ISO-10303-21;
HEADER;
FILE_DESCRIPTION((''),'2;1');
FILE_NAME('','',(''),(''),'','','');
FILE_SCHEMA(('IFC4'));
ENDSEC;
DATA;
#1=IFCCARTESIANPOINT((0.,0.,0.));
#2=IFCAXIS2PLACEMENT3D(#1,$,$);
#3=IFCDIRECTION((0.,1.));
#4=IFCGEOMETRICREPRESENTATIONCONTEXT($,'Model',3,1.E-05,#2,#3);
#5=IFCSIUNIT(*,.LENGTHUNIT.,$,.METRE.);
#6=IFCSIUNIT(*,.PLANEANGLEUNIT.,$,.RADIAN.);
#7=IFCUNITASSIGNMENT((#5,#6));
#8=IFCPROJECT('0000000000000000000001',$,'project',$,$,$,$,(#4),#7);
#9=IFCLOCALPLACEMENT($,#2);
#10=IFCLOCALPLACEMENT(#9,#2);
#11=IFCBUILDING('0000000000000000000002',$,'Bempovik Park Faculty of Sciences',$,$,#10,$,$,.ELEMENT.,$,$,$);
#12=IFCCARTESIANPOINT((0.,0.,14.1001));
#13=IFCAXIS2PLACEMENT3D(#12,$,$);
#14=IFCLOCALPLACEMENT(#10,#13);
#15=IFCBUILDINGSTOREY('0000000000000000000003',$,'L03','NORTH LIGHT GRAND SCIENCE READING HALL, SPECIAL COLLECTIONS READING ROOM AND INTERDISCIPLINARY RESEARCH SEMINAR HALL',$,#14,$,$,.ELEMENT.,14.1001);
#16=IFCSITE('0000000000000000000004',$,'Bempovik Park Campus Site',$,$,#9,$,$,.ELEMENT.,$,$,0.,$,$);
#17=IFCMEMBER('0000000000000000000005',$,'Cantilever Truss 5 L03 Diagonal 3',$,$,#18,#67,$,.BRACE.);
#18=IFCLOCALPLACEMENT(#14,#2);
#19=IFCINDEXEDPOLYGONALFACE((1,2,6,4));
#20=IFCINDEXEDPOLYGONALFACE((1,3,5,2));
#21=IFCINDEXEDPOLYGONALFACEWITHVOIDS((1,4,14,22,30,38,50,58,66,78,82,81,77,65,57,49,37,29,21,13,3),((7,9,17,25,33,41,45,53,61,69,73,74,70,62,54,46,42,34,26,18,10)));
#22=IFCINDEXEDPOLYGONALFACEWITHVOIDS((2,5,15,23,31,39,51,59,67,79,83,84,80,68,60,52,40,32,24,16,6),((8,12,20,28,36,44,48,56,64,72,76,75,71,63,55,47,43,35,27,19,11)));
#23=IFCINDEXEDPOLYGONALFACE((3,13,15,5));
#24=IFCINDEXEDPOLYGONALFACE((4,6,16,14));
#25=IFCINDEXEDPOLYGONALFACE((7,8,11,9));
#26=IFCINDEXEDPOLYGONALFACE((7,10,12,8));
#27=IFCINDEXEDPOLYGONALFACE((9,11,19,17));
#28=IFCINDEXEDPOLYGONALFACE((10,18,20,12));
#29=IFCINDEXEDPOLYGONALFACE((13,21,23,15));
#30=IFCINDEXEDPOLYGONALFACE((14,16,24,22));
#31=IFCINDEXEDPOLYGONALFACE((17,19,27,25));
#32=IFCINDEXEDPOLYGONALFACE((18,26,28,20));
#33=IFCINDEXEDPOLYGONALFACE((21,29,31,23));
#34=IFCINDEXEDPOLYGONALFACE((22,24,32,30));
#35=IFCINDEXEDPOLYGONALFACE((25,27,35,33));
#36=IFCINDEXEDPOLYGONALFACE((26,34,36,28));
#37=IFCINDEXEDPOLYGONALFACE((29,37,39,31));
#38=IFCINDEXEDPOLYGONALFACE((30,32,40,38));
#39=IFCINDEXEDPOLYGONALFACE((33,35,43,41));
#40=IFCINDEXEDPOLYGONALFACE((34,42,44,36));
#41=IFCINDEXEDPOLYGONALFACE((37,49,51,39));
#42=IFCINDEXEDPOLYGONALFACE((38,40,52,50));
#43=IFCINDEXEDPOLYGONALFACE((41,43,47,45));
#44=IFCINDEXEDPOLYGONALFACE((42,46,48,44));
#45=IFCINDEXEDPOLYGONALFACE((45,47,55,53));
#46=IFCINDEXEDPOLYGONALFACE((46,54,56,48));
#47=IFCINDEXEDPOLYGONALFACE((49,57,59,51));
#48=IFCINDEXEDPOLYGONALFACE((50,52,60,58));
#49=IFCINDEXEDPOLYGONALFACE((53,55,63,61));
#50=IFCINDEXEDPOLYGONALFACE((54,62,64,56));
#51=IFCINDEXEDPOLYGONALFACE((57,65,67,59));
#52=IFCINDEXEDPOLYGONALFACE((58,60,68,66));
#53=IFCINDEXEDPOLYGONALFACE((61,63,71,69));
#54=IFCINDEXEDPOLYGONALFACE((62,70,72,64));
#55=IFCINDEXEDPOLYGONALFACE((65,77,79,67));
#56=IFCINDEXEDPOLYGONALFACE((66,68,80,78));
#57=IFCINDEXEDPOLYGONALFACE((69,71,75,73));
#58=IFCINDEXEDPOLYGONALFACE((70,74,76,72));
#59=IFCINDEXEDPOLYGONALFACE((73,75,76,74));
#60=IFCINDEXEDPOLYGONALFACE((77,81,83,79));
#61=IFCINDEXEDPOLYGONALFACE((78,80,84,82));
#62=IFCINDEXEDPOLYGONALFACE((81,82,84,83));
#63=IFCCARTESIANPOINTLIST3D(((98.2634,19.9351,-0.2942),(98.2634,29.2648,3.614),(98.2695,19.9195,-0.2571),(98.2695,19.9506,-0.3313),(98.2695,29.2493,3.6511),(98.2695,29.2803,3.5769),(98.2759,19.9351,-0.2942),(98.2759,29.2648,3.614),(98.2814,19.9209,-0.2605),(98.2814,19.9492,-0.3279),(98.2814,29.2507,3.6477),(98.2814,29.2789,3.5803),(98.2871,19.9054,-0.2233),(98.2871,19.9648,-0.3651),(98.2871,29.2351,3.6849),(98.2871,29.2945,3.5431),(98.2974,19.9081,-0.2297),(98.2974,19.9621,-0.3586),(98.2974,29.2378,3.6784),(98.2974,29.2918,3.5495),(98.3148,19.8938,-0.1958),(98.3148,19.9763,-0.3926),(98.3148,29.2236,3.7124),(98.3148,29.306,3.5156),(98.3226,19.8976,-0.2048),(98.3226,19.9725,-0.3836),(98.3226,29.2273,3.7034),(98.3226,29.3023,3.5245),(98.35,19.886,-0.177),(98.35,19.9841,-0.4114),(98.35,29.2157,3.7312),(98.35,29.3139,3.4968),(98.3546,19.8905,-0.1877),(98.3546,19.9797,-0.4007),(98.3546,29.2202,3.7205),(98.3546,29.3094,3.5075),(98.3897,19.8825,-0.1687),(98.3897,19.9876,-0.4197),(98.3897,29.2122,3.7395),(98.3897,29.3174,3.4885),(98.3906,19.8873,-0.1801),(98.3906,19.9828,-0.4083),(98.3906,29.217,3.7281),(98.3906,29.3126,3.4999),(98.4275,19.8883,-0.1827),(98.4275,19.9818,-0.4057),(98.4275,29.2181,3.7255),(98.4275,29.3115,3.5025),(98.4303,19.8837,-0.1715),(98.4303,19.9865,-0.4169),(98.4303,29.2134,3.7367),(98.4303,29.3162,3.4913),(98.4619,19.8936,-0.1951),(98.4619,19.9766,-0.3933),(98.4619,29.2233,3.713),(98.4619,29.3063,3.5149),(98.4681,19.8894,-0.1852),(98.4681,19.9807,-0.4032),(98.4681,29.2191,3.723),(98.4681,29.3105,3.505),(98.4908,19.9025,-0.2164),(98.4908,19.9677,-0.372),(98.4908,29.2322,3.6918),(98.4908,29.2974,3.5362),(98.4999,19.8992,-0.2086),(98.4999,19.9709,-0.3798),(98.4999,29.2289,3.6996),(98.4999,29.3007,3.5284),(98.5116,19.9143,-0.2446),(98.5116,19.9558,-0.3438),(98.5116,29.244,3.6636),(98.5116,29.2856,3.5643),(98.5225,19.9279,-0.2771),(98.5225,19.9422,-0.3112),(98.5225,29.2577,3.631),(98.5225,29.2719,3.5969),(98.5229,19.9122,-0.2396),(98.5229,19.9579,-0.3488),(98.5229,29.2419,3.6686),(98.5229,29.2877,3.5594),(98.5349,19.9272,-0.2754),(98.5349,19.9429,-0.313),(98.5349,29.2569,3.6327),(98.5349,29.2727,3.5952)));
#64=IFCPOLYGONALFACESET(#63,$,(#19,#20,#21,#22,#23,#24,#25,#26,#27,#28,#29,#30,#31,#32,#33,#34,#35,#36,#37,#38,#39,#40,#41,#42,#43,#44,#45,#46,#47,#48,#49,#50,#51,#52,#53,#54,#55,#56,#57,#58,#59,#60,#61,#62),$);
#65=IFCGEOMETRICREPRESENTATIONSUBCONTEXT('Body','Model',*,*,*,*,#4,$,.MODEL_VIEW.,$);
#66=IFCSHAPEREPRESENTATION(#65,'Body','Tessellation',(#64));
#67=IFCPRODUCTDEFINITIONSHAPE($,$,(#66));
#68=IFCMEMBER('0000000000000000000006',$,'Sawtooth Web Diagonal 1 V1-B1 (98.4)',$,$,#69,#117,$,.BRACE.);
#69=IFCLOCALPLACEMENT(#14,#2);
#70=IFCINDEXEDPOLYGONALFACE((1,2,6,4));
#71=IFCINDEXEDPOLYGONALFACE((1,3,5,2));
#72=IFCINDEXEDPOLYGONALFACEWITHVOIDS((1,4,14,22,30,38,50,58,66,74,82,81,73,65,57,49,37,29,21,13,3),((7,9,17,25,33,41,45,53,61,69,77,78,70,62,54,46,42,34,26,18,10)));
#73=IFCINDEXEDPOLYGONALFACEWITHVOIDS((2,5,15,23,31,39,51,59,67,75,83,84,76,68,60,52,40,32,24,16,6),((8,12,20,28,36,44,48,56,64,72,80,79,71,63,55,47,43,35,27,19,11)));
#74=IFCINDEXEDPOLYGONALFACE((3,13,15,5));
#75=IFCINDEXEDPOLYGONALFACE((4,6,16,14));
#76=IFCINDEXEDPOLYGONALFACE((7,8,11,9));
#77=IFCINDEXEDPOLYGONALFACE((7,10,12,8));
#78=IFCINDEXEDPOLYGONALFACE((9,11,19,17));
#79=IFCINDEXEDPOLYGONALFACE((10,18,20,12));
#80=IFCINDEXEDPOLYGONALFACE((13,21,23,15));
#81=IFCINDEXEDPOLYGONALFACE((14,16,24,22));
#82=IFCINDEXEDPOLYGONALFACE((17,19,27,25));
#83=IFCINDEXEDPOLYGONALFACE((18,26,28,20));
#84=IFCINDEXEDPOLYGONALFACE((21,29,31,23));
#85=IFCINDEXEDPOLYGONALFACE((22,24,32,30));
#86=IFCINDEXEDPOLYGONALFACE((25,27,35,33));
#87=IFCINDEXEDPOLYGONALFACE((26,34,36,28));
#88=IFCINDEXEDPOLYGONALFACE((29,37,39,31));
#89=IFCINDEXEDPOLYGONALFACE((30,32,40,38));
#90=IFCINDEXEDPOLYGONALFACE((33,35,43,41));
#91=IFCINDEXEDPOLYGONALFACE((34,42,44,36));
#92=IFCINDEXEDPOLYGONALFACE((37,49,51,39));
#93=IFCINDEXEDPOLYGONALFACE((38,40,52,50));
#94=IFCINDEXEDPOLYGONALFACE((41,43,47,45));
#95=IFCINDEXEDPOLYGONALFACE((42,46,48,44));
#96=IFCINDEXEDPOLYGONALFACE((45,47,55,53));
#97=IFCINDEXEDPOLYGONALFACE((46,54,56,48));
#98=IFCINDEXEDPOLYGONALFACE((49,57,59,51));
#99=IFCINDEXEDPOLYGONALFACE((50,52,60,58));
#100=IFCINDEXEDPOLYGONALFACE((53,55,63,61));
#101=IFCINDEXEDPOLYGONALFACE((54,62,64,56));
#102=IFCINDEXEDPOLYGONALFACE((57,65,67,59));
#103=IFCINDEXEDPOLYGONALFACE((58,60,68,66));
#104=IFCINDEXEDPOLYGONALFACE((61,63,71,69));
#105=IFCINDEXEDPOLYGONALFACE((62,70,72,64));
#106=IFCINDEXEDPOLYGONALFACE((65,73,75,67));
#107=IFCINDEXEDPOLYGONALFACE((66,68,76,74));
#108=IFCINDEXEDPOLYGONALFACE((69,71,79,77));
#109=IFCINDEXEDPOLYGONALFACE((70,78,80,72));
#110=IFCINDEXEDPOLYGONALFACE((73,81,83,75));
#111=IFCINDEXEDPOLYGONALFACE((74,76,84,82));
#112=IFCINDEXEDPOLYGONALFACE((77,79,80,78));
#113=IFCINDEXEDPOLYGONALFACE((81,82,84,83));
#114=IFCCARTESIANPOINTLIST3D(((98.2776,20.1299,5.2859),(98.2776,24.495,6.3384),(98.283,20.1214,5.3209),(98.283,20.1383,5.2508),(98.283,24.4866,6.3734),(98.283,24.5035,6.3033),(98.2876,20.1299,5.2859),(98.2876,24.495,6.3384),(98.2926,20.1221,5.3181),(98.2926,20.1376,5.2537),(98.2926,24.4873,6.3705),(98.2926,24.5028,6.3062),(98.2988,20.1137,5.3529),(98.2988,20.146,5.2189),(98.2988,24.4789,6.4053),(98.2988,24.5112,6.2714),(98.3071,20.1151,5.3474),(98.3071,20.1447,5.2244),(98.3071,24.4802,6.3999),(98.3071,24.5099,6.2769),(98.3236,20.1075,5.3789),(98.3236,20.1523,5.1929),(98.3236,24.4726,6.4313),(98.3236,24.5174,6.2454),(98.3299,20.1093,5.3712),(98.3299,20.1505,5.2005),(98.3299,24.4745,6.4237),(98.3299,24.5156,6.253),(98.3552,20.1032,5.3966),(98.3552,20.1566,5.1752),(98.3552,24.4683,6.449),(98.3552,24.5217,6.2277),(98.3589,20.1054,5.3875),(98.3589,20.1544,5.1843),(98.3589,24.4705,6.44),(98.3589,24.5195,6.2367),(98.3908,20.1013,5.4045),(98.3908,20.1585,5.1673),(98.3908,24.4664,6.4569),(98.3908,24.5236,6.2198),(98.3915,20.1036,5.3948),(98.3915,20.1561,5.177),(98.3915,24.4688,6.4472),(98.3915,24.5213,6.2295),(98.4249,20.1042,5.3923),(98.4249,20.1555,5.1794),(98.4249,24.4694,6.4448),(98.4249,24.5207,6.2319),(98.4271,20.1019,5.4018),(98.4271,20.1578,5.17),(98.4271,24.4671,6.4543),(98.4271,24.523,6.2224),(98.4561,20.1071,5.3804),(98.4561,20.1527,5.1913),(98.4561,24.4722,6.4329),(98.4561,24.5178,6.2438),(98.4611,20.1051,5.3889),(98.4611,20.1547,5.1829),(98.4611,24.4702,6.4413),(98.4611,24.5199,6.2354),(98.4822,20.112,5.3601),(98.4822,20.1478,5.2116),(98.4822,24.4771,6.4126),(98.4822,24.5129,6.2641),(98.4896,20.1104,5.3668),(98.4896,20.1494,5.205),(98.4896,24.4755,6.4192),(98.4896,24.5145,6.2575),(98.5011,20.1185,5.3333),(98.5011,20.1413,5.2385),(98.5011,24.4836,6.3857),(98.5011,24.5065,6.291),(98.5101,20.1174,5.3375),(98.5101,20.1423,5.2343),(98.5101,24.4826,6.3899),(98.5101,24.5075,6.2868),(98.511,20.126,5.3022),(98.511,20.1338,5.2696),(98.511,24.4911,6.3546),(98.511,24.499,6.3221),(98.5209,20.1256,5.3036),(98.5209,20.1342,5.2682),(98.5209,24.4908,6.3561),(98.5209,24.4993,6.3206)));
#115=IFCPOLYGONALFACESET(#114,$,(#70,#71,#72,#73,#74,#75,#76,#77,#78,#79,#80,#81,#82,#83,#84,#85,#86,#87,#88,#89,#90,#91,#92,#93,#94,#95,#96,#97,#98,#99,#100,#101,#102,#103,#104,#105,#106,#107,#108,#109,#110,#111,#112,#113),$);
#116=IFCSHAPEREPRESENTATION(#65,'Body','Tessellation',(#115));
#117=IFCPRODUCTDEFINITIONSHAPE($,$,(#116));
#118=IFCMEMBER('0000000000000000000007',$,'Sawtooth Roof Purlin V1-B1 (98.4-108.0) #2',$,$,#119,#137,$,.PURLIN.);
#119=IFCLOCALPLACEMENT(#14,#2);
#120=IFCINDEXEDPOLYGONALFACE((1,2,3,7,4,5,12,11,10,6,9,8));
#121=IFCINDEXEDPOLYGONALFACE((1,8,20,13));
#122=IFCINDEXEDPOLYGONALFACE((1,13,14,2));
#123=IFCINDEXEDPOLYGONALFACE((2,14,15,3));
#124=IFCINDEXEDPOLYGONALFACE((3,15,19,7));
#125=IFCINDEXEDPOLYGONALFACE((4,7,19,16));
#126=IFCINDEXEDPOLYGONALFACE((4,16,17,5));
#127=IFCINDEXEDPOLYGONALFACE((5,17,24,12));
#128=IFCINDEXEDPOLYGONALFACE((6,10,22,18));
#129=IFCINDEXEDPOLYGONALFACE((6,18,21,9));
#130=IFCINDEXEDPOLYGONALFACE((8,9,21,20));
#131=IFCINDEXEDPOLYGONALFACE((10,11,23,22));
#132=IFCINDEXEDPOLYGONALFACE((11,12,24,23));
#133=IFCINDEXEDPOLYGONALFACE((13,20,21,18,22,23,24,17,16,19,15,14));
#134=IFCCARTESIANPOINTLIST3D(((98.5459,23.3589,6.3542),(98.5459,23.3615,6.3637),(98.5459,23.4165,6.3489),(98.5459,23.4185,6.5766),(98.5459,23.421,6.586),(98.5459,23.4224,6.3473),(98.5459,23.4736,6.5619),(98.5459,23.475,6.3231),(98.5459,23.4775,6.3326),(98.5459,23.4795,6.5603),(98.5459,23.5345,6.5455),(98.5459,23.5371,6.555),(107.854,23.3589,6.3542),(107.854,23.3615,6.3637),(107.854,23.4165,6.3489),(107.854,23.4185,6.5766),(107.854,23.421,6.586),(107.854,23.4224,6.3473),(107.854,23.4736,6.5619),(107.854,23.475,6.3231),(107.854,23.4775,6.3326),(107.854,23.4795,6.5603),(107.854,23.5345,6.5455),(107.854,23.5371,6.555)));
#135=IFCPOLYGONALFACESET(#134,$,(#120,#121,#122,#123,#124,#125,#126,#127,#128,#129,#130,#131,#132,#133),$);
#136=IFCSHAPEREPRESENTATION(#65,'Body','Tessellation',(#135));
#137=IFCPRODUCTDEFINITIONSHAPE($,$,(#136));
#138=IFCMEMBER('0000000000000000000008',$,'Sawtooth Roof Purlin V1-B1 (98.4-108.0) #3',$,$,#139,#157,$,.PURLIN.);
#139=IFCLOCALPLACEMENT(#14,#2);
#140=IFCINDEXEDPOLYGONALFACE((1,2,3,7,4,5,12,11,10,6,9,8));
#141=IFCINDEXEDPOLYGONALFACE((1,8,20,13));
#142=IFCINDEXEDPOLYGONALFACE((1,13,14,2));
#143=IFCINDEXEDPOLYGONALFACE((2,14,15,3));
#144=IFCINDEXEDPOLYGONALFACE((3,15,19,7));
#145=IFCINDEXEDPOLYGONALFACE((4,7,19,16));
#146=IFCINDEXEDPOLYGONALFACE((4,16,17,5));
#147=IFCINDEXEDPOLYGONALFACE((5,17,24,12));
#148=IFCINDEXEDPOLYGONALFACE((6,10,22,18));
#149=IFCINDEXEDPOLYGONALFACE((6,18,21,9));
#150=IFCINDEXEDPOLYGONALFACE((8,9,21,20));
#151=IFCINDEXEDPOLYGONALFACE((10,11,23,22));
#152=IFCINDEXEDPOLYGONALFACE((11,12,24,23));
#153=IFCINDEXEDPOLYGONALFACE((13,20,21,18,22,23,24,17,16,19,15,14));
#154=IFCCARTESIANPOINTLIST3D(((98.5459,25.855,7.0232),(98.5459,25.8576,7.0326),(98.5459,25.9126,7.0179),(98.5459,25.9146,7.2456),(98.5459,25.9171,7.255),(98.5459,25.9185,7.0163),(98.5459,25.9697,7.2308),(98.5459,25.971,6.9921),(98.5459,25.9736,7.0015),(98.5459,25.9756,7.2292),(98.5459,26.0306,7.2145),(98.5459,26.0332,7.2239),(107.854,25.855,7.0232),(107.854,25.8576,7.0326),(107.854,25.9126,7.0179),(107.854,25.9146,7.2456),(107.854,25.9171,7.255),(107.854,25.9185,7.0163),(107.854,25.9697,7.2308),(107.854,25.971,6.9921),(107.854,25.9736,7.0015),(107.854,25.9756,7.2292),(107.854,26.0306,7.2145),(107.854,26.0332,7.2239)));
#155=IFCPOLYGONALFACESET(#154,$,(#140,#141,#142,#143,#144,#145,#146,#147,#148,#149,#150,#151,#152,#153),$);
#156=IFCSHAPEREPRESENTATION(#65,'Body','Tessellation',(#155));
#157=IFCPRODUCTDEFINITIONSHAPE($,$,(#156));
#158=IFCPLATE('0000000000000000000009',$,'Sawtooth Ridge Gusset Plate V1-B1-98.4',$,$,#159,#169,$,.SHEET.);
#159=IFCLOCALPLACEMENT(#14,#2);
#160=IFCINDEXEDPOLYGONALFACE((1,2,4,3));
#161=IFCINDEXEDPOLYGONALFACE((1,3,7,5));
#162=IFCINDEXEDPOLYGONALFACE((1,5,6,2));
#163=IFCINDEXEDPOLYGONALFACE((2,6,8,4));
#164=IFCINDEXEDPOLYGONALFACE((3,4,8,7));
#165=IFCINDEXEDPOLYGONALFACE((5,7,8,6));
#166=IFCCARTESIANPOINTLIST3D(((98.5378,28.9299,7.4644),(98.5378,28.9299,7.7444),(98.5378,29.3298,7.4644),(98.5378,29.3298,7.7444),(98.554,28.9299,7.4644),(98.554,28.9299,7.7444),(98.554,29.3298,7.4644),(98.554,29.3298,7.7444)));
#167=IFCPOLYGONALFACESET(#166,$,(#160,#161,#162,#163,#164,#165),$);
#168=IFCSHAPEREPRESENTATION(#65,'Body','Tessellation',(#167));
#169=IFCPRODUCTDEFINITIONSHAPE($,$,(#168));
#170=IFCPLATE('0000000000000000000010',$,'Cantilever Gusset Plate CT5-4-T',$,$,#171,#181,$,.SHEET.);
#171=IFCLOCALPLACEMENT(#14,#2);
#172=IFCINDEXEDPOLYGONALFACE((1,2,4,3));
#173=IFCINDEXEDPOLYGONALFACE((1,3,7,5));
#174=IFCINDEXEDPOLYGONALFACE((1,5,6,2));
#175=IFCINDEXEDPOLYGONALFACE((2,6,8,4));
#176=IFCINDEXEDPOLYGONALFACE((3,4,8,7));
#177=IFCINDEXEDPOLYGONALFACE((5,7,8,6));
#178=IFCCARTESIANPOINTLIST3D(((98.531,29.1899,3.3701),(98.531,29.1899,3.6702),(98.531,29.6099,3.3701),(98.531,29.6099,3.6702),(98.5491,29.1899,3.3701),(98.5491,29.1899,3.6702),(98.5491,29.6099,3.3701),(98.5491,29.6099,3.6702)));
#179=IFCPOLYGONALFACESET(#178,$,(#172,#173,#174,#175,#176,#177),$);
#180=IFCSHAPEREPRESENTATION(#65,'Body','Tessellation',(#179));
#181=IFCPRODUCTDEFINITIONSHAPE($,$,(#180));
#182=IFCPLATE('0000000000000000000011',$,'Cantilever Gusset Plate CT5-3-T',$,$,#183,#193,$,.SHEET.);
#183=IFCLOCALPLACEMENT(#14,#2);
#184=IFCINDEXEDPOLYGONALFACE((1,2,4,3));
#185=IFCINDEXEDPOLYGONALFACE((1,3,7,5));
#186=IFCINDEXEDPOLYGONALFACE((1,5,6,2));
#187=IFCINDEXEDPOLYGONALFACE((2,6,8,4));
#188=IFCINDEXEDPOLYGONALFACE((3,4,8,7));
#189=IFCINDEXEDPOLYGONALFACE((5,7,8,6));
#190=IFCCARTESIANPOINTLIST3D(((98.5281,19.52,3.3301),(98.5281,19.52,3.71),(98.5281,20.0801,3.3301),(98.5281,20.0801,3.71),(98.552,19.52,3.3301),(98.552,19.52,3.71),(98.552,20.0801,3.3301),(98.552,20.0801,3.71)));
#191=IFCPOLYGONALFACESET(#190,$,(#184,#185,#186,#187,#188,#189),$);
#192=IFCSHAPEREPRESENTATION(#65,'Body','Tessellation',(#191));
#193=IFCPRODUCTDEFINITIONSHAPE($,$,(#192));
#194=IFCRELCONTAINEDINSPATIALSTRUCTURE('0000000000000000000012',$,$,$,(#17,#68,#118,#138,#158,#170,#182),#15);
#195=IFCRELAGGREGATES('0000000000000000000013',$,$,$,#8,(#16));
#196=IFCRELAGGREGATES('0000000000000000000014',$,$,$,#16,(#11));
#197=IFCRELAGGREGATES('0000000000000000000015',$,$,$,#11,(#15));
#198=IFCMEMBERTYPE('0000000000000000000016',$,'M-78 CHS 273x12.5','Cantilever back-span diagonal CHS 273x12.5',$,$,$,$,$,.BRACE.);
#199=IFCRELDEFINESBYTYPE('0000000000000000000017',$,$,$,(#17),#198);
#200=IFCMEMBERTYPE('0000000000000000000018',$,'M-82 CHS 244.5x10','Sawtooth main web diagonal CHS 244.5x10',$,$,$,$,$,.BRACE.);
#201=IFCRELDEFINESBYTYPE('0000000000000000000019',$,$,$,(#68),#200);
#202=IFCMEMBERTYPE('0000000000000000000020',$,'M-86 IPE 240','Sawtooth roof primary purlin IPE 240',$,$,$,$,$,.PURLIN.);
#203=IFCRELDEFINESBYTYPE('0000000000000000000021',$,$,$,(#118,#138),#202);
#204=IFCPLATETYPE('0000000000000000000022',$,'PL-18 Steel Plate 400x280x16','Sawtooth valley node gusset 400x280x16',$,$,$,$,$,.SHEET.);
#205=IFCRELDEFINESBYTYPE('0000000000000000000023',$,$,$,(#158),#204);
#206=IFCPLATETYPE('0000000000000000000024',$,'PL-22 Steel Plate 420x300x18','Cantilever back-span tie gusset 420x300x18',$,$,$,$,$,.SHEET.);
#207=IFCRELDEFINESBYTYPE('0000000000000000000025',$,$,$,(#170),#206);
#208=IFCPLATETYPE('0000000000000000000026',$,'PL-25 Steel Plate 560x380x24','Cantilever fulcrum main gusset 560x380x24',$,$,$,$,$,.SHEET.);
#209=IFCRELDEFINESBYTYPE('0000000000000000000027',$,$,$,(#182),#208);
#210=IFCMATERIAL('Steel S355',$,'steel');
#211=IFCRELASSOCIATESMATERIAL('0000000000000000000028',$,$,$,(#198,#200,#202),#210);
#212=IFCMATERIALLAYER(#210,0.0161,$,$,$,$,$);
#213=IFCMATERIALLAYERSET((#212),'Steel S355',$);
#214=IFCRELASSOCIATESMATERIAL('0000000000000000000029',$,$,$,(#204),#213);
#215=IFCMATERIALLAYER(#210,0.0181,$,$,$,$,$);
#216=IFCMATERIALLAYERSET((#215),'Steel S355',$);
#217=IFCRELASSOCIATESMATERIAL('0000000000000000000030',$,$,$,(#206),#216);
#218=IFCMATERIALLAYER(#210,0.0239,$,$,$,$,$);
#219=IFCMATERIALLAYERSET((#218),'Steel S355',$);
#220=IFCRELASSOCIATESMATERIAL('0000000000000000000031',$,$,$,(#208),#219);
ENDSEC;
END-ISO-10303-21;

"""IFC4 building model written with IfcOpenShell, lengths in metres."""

from ifc_helpers import new_model, si_unit, direction, frame, origin, origin_2d, place, context, subcontext, project, spatial, rectangle, hollow_circle, i_section, extrude, material, layer, layer_set, material_profile, profile_set, type_object, element, save


model = new_model("IFC4")

# Units and contexts
model_context = context("Model", 3, precision=1e-05, world=origin(), true_north=direction((0.0, 1.0)))
body_context = subcontext(model_context, "Body", "Model", "MODEL_VIEW")
ifc_project = project(units=[si_unit("LENGTHUNIT", "METRE"), si_unit("PLANEANGLEUNIT", "RADIAN")], contexts=[model_context])

# Site, building, storey
site_placement = place(None, origin())
site = spatial("IfcSite", under=ifc_project, at=site_placement, Name="Bempovik Park Campus Site", CompositionType="ELEMENT", RefElevation=0.0)
building_placement = place(site_placement, origin())
building = spatial("IfcBuilding", under=site, at=building_placement, Name="Bempovik Park Faculty of Sciences", CompositionType="ELEMENT")
storey_placement = place(building_placement, frame((0.0, 0.0, 14.1001)))
storey = spatial("IfcBuildingStorey", under=building, at=storey_placement, Name="L03", Description="NORTH LIGHT GRAND SCIENCE READING HALL, SPECIAL COLLECTIONS READING ROOM AND INTERDISCIPLINARY RESEARCH SEMINAR HALL", CompositionType="ELEMENT", Elevation=14.1001)

# Shared definitions
ifc_material_1 = material(Name="Steel S355", Category="steel")

# Members
ifc_material_profile_1 = material_profile(ifc_material_1, hollow_circle(Radius=0.1365, WallThickness=0.0125, at=origin_2d()), Name="CHS 273x12.5")
ifc_profile_set_1 = profile_set([ifc_material_profile_1], Name="Steel S355")
member_type_1 = type_object("IfcMemberType", Name="M-78 CHS 273x12.5", Description="Cantilever back-span diagonal CHS 273x12.5", PredefinedType="BRACE", material=ifc_profile_set_1)
member_1_placement = place(storey_placement, frame((98.3999, 19.9351, -0.2942), z_axis=(0.0, 0.922346, 0.386364), x_axis=(-1.0, 0.0, 0.0)))
element("IfcMember", 1, at=member_1_placement, inside=storey, type_object=member_type_1, Name="Cantilever Truss 5 L03 Diagonal 3", PredefinedType="BRACE", context=body_context, shape_type="SweptSolid", body=[
    extrude(hollow_circle(Radius=0.1365, WallThickness=0.0125, at=origin_2d()), origin(), (0.0, 0.0, 1.0), 10.1152),
])
ifc_material_profile_2 = material_profile(ifc_material_1, hollow_circle(Radius=0.1223, WallThickness=0.01, at=origin_2d()), Name="CHS 244.5x10")
ifc_profile_set_2 = profile_set([ifc_material_profile_2], Name="Steel S355")
member_type_2 = type_object("IfcMemberType", Name="M-82 CHS 244.5x10", Description="Sawtooth main web diagonal CHS 244.5x10", PredefinedType="BRACE", material=ifc_profile_set_2)
member_2_placement = place(storey_placement, frame((98.3999, 20.1299, 5.2859), z_axis=(0.0, 0.972142, 0.234391), x_axis=(-1.0, 0.0, 0.0)))
element("IfcMember", 2, at=member_2_placement, inside=storey, type_object=member_type_2, Name="Sawtooth Web Diagonal 1 V1-B1 (98.4)", PredefinedType="BRACE", context=body_context, shape_type="SweptSolid", body=[
    extrude(hollow_circle(Radius=0.1223, WallThickness=0.01, at=origin_2d()), origin(), (0.0, 0.0, 1.0), 4.4902),
])
ifc_material_profile_3 = material_profile(ifc_material_1, i_section(OverallWidth=0.1201, OverallDepth=0.24, WebThickness=0.0061, FlangeThickness=0.0098, at=origin_2d()), Name="IPE 240")
ifc_profile_set_3 = profile_set([ifc_material_profile_3], Name="Steel S355")
member_type_3 = type_object("IfcMemberType", Name="M-86 IPE 240", Description="Sawtooth roof primary purlin IPE 240", PredefinedType="PURLIN", material=ifc_profile_set_3)
for number, where, z_axis, x_axis, name in (
    (3, (98.5459, 23.448, 6.4546), (1.0, 0.0, 0.0), (0.0, 0.965926, -0.258819), "Sawtooth Roof Purlin V1-B1 (98.4-108.0) #2"),
    (4, (98.5459, 25.9441, 7.1235), (1.0, 0.0, 0.0), (0.0, 0.965926, -0.258819), "Sawtooth Roof Purlin V1-B1 (98.4-108.0) #3"),
):
    element("IfcMember", number, at=place(storey_placement, frame(where, z_axis=z_axis, x_axis=x_axis)), inside=storey, type_object=member_type_3, Name=name, PredefinedType="PURLIN", context=body_context, shape_type="SweptSolid", body=[
        extrude(i_section(OverallWidth=0.1201, OverallDepth=0.24, WebThickness=0.0061, FlangeThickness=0.0098, at=origin_2d()), origin(), (0.0, 0.0, 1.0), 9.3081),
    ])

# Plates
ifc_layer_1 = layer(ifc_material_1, 0.0161)
ifc_layer_set_1 = layer_set([ifc_layer_1], Name="Steel S355")
plate_type_1 = type_object("IfcPlateType", Name="PL-18 Steel Plate 400x280x16", Description="Sawtooth valley node gusset 400x280x16", PredefinedType="SHEET", material=ifc_layer_set_1)
plate_1_placement = place(storey_placement, frame((98.5459, 29.1299, 7.4644), z_axis=(0.0, 0.0, 1.0), x_axis=(1.0, 0.0, 0.0)))
element("IfcPlate", 5, at=plate_1_placement, inside=storey, type_object=plate_type_1, Name="Sawtooth Ridge Gusset Plate V1-B1-98.4", PredefinedType="SHEET", context=body_context, shape_type="SweptSolid", body=[
    extrude(rectangle(XDim=0.0161, YDim=0.3999, at=origin_2d()), origin(), (0.0, 0.0, 1.0), 0.28),
])
ifc_layer_2 = layer(ifc_material_1, 0.0181)
ifc_layer_set_2 = layer_set([ifc_layer_2], Name="Steel S355")
plate_type_2 = type_object("IfcPlateType", Name="PL-22 Steel Plate 420x300x18", Description="Cantilever back-span tie gusset 420x300x18", PredefinedType="SHEET", material=ifc_layer_set_2)
plate_2_placement = place(storey_placement, frame((98.54, 29.3999, 3.3701), z_axis=(0.0, 0.0, 1.0), x_axis=(1.0, 0.0, 0.0)))
element("IfcPlate", 6, at=plate_2_placement, inside=storey, type_object=plate_type_2, Name="Cantilever Gusset Plate CT5-4-T", PredefinedType="SHEET", context=body_context, shape_type="SweptSolid", body=[
    extrude(rectangle(XDim=0.0181, YDim=0.4199, at=origin_2d()), origin(), (0.0, 0.0, 1.0), 0.3),
])
ifc_layer_3 = layer(ifc_material_1, 0.0239)
ifc_layer_set_3 = layer_set([ifc_layer_3], Name="Steel S355")
plate_type_3 = type_object("IfcPlateType", Name="PL-25 Steel Plate 560x380x24", Description="Cantilever fulcrum main gusset 560x380x24", PredefinedType="SHEET", material=ifc_layer_set_3)
plate_3_placement = place(storey_placement, frame((98.54, 19.8, 3.3301), z_axis=(0.0, 0.0, 1.0), x_axis=(1.0, 0.0, 0.0)))
element("IfcPlate", 7, at=plate_3_placement, inside=storey, type_object=plate_type_3, Name="Cantilever Gusset Plate CT5-3-T", PredefinedType="SHEET", context=body_context, shape_type="SweptSolid", body=[
    extrude(rectangle(XDim=0.0239, YDim=0.5601, at=origin_2d()), origin(), (0.0, 0.0, 1.0), 0.3799),
])

save(model, "model.ifc")
